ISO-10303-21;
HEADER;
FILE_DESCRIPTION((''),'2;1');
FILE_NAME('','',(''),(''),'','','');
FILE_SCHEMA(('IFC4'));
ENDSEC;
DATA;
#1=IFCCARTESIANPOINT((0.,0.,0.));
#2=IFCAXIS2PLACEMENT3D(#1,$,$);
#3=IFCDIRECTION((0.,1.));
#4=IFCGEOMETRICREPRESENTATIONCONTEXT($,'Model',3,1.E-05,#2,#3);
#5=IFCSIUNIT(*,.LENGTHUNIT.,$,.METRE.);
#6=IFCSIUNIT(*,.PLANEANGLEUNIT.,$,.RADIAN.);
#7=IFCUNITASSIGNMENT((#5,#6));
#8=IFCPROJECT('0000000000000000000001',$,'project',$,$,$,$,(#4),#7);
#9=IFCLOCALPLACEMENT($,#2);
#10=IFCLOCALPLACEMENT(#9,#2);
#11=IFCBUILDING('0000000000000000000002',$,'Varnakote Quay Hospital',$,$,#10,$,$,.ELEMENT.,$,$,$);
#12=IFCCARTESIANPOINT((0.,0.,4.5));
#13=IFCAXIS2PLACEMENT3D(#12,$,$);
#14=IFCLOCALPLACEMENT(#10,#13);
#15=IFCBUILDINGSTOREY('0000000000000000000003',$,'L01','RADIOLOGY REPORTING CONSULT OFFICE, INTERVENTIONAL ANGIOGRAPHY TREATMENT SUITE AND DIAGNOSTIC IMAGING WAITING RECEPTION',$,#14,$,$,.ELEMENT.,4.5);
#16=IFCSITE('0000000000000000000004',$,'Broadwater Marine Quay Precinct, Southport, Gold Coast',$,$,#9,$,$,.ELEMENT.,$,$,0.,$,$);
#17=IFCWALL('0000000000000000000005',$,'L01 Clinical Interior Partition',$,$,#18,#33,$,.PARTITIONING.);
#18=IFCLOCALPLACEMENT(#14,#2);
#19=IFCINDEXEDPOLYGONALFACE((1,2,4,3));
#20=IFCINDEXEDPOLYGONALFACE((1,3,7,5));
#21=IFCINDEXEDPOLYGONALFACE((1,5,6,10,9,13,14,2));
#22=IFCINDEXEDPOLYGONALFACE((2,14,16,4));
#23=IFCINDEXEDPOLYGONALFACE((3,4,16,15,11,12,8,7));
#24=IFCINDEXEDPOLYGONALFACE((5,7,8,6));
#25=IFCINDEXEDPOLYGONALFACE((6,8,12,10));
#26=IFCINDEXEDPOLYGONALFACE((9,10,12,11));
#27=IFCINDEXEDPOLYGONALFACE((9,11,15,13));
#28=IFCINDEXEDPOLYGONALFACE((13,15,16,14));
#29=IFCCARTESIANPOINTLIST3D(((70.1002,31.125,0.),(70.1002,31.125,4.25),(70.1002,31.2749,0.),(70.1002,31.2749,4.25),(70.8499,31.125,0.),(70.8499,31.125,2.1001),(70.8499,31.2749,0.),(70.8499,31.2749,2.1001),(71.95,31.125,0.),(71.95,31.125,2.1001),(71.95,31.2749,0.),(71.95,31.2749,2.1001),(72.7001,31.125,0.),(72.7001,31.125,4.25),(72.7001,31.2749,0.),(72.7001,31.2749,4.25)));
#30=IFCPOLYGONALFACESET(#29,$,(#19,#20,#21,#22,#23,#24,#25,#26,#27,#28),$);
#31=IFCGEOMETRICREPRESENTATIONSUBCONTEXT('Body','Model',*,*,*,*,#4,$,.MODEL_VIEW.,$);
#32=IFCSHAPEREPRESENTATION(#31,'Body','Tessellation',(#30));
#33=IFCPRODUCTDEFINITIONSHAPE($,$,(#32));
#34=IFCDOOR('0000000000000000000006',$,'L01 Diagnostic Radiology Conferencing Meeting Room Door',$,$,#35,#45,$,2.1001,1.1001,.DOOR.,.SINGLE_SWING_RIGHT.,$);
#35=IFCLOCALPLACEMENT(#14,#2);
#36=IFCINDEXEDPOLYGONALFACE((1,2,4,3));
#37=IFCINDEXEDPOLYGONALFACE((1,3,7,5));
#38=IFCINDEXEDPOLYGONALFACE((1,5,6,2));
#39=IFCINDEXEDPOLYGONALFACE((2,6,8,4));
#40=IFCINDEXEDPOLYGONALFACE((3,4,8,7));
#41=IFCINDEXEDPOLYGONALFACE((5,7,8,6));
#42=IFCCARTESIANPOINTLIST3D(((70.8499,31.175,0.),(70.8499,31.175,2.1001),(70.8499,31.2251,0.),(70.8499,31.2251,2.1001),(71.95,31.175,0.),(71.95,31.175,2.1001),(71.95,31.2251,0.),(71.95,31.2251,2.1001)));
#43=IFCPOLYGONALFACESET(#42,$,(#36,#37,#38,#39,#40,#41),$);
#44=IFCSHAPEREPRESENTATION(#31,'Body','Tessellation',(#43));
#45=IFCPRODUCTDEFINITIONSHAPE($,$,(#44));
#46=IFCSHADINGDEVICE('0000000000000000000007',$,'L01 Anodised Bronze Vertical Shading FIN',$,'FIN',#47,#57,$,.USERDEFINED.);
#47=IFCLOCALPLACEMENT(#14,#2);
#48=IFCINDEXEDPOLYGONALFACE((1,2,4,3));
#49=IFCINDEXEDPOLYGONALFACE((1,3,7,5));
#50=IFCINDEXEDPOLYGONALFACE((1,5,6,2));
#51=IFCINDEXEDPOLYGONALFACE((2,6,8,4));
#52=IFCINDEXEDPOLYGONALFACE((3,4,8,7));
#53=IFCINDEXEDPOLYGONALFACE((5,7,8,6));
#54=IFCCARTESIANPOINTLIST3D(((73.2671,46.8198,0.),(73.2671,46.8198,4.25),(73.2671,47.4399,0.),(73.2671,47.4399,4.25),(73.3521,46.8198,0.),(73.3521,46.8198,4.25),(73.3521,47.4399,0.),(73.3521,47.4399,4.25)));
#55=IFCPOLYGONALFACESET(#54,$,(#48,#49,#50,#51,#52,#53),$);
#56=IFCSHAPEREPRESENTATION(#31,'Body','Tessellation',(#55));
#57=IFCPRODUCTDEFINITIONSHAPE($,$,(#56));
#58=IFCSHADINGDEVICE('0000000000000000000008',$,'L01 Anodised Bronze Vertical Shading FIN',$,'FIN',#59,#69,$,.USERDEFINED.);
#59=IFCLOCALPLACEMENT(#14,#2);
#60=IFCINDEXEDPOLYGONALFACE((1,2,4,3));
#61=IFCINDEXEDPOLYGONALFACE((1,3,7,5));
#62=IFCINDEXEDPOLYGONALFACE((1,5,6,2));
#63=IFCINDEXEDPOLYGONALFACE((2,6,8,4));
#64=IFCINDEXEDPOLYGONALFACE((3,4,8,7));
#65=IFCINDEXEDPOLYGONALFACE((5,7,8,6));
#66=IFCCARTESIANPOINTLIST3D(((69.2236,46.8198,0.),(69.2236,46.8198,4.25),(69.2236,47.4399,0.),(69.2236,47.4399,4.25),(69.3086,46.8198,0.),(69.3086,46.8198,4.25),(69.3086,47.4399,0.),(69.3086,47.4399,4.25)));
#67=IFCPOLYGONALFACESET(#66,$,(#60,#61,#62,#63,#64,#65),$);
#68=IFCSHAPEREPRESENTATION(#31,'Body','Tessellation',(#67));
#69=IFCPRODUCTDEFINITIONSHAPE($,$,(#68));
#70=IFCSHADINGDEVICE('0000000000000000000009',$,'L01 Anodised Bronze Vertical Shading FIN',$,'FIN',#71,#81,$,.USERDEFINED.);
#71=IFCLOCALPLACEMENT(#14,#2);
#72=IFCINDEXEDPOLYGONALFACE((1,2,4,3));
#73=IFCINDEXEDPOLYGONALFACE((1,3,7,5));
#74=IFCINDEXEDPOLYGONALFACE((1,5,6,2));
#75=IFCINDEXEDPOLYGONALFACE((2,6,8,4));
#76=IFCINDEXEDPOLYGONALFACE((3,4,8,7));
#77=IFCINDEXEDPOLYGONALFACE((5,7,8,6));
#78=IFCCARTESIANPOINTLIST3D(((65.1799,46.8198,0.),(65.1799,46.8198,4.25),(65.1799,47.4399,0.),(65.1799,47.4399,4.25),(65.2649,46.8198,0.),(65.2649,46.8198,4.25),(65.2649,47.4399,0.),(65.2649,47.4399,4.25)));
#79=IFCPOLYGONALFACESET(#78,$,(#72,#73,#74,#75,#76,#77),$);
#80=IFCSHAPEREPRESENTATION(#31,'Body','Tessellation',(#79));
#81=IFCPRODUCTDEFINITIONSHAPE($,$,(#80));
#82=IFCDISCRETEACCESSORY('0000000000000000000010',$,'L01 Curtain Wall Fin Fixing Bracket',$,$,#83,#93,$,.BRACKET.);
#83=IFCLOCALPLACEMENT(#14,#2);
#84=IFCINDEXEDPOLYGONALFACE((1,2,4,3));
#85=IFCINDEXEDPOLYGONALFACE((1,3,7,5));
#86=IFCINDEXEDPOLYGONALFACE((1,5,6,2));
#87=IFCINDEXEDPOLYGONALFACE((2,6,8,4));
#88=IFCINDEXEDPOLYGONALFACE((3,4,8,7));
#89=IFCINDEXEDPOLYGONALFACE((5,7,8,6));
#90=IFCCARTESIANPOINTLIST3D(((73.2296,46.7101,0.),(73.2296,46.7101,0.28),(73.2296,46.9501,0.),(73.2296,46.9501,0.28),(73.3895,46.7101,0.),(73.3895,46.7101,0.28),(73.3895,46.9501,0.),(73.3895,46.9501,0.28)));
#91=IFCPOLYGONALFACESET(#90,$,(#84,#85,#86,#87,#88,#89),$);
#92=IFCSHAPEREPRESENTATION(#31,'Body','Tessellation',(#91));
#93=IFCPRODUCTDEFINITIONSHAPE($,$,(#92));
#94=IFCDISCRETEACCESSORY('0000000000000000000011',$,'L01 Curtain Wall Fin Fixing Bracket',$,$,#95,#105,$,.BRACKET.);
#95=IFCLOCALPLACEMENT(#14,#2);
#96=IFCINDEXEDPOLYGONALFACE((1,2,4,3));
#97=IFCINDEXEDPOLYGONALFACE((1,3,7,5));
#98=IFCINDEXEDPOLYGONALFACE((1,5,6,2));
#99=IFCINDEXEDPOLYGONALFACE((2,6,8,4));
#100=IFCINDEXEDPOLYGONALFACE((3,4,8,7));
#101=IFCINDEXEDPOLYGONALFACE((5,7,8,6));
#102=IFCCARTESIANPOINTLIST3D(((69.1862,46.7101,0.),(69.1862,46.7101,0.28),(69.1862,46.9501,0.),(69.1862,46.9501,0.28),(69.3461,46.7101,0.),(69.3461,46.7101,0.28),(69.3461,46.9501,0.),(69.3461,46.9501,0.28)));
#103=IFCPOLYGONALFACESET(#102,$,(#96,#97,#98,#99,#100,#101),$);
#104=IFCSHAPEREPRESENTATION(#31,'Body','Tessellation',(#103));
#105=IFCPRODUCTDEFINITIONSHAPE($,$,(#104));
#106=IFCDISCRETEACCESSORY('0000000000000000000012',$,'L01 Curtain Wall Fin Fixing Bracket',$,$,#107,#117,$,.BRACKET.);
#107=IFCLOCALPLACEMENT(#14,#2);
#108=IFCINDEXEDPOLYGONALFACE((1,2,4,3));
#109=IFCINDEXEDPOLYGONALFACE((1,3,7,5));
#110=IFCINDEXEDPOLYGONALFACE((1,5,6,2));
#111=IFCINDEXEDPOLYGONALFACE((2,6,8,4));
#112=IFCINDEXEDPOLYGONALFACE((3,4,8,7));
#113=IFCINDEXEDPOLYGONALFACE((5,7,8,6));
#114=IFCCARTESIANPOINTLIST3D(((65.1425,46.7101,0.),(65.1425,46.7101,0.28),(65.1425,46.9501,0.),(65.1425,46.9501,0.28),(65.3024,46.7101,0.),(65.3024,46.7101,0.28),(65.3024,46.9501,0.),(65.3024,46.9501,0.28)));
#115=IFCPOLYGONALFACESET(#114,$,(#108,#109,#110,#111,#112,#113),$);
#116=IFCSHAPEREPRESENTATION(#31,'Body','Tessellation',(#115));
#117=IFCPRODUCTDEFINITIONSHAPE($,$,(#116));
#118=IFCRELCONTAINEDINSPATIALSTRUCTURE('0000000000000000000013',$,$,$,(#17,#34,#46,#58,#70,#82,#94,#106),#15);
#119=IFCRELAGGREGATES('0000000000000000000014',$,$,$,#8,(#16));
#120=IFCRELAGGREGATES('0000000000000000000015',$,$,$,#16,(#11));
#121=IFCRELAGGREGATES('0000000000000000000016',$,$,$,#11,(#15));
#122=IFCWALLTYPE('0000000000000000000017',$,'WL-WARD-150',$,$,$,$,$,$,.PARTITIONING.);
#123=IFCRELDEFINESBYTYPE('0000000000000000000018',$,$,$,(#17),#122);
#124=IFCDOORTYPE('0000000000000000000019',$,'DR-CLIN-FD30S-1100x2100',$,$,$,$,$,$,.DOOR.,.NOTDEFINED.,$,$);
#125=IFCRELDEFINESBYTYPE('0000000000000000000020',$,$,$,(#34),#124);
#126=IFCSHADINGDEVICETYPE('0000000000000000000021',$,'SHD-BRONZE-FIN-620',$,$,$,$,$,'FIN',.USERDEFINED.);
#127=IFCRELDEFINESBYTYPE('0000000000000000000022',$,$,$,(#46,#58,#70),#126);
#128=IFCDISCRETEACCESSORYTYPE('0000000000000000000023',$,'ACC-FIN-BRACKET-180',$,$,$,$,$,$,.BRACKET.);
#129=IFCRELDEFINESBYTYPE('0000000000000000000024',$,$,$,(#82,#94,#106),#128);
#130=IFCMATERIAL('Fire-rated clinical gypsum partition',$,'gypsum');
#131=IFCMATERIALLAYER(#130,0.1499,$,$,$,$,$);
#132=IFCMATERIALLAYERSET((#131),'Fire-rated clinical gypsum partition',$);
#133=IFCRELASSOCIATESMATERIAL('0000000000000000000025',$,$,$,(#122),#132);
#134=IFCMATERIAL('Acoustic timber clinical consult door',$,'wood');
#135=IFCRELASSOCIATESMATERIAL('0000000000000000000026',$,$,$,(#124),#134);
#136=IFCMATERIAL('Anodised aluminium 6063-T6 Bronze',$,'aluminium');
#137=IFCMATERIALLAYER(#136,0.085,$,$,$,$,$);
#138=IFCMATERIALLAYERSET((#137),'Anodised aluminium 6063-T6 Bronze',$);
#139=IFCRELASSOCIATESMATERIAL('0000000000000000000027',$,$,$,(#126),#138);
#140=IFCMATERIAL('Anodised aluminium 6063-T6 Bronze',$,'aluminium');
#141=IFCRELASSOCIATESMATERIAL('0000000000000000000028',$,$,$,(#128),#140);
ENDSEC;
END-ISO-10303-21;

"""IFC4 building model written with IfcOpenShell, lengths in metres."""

from ifc_helpers import new_model, si_unit, direction, frame, frame_2d, origin, origin_2d, place, context, subcontext, project, spatial, rectangle, extrude, material, layer, layer_set, type_object, element, fill, save


model = new_model("IFC4")

# Units and contexts
model_context = context("Model", 3, precision=1e-05, world=origin(), true_north=direction((0.0, 1.0)))
body_context = subcontext(model_context, "Body", "Model", "MODEL_VIEW")
ifc_project = project(units=[si_unit("LENGTHUNIT", "METRE"), si_unit("PLANEANGLEUNIT", "RADIAN")], contexts=[model_context])

# Site, building, storey
site_placement = place(None, origin())
site = spatial("IfcSite", under=ifc_project, at=site_placement, Name="Broadwater Marine Quay Precinct, Southport, Gold Coast", CompositionType="ELEMENT", RefElevation=0.0)
building_placement = place(site_placement, origin())
building = spatial("IfcBuilding", under=site, at=building_placement, Name="Varnakote Quay Hospital", CompositionType="ELEMENT")
storey_placement = place(building_placement, frame((0.0, 0.0, 4.5)))
storey = spatial("IfcBuildingStorey", under=building, at=storey_placement, Name="L01", Description="RADIOLOGY REPORTING CONSULT OFFICE, INTERVENTIONAL ANGIOGRAPHY TREATMENT SUITE AND DIAGNOSTIC IMAGING WAITING RECEPTION", CompositionType="ELEMENT", Elevation=4.5)

# Wall, opening, door
ifc_material_1 = material(Name="Fire-rated clinical gypsum partition", Category="gypsum")
ifc_layer_1 = layer(ifc_material_1, 0.1499)
ifc_layer_set_1 = layer_set([ifc_layer_1], Name="Fire-rated clinical gypsum partition")
wall_type_1 = type_object("IfcWallType", Name="WL-WARD-150", PredefinedType="PARTITIONING", material=ifc_layer_set_1)
ifc_material_2 = material(Name="Acoustic timber clinical consult door", Category="wood")
door_type = type_object("IfcDoorType", Name="DR-CLIN-FD30S-1100x2100", OperationType="NOTDEFINED", PredefinedType="DOOR", material=ifc_material_2)
wall_1_placement = place(storey_placement, frame((72.7, 31.2, 0.0), z_axis=(0.0, 0.0, 1.0), x_axis=(-1.0, 0.0, 0.0)))
wall_1 = element("IfcWall", 1, at=wall_1_placement, inside=storey, type_object=wall_type_1, Name="L01 Clinical Interior Partition", PredefinedType="PARTITIONING", context=body_context, shape_type="SweptSolid", body=[
    extrude(rectangle(XDim=2.5999, YDim=0.1499, at=frame_2d((1.2998, 0.0))), origin(), (0.0, 0.0, 1.0), 4.25),
])
opening_1_placement = place(wall_1_placement, frame((0.75, 0.0, 0.0)))
opening_1 = element("IfcOpeningElement", 2, at=opening_1_placement, cuts=wall_1, PredefinedType="OPENING", context=body_context, shape_type="SweptSolid", body=[
    extrude(rectangle(XDim=1.1001, YDim=2.1001, at=frame_2d((0.55, 1.05))), frame((0.0, 0.085, 0.0), z_axis=(0.0, -1.0, 0.0), x_axis=(1.0, 0.0, 0.0)), (0.0, 0.0, 1.0), 0.1699),
])
door_1_placement = place(opening_1_placement, origin())
door_1 = element("IfcDoor", 3, at=door_1_placement, inside=storey, type_object=door_type, Name="L01 Diagnostic Radiology Conferencing Meeting Room Door", OperationType="SINGLE_SWING_RIGHT", OverallHeight=2.1001, OverallWidth=1.1001, PredefinedType="DOOR", context=body_context, shape_type="SweptSolid", body=[
    extrude(rectangle(XDim=1.1001, YDim=2.1001, at=frame_2d((0.55, 1.05))), frame((0.0, 0.0249, 0.0), z_axis=(0.0, -1.0, 0.0), x_axis=(1.0, 0.0, 0.0)), (0.0, 0.0, 1.0), 0.05),
])
fill(opening_1, door_1)

# Shading devices
ifc_material_3 = material(Name="Anodised aluminium 6063-T6 Bronze", Category="aluminium")
ifc_layer_2 = layer(ifc_material_3, 0.085)
ifc_layer_set_2 = layer_set([ifc_layer_2], Name="Anodised aluminium 6063-T6 Bronze")
shading_device_type = type_object("IfcShadingDeviceType", Name="SHD-BRONZE-FIN-620", ElementType="FIN", PredefinedType="USERDEFINED", material=ifc_layer_set_2)
for number, where, z_axis, x_axis, name in (
    (4, (73.3096, 47.1299, 0.0), (0.0, 0.0, 1.0), (0.0, -1.0, 0.0), "L01 Anodised Bronze Vertical Shading FIN"),
    (5, (69.2661, 47.1299, 0.0), (0.0, 0.0, 1.0), (0.0, -1.0, 0.0), "L01 Anodised Bronze Vertical Shading FIN"),
    (6, (65.2224, 47.1299, 0.0), (0.0, 0.0, 1.0), (0.0, -1.0, 0.0), "L01 Anodised Bronze Vertical Shading FIN"),
):
    element("IfcShadingDevice", number, at=place(storey_placement, frame(where, z_axis=z_axis, x_axis=x_axis)), inside=storey, type_object=shading_device_type, Name=name, ObjectType="FIN", PredefinedType="USERDEFINED", context=body_context, shape_type="SweptSolid", body=[
        extrude(rectangle(XDim=0.6201, YDim=0.085, at=origin_2d()), origin(), (0.0, 0.0, 1.0), 4.25),
    ])

# Discrete accessories
ifc_material_4 = material(Name="Anodised aluminium 6063-T6 Bronze", Category="aluminium")
discrete_accessory_type = type_object("IfcDiscreteAccessoryType", Name="ACC-FIN-BRACKET-180", PredefinedType="BRACKET", material=ifc_material_4)
for number, where, z_axis, x_axis, name in (
    (7, (73.3096, 46.8301, 0.0), (0.0, 0.0, 1.0), (-1.0, 0.0, 0.0), "L01 Curtain Wall Fin Fixing Bracket"),
    (8, (69.2661, 46.8301, 0.0), (0.0, 0.0, 1.0), (-1.0, 0.0, 0.0), "L01 Curtain Wall Fin Fixing Bracket"),
    (9, (65.2224, 46.8301, 0.0), (0.0, 0.0, 1.0), (-1.0, 0.0, 0.0), "L01 Curtain Wall Fin Fixing Bracket"),
):
    element("IfcDiscreteAccessory", number, at=place(storey_placement, frame(where, z_axis=z_axis, x_axis=x_axis)), inside=storey, type_object=discrete_accessory_type, Name=name, PredefinedType="BRACKET", context=body_context, shape_type="SweptSolid", body=[
        extrude(rectangle(XDim=0.1599, YDim=0.24, at=origin_2d()), origin(), (0.0, 0.0, 1.0), 0.28),
    ])

save(model, "model.ifc")
